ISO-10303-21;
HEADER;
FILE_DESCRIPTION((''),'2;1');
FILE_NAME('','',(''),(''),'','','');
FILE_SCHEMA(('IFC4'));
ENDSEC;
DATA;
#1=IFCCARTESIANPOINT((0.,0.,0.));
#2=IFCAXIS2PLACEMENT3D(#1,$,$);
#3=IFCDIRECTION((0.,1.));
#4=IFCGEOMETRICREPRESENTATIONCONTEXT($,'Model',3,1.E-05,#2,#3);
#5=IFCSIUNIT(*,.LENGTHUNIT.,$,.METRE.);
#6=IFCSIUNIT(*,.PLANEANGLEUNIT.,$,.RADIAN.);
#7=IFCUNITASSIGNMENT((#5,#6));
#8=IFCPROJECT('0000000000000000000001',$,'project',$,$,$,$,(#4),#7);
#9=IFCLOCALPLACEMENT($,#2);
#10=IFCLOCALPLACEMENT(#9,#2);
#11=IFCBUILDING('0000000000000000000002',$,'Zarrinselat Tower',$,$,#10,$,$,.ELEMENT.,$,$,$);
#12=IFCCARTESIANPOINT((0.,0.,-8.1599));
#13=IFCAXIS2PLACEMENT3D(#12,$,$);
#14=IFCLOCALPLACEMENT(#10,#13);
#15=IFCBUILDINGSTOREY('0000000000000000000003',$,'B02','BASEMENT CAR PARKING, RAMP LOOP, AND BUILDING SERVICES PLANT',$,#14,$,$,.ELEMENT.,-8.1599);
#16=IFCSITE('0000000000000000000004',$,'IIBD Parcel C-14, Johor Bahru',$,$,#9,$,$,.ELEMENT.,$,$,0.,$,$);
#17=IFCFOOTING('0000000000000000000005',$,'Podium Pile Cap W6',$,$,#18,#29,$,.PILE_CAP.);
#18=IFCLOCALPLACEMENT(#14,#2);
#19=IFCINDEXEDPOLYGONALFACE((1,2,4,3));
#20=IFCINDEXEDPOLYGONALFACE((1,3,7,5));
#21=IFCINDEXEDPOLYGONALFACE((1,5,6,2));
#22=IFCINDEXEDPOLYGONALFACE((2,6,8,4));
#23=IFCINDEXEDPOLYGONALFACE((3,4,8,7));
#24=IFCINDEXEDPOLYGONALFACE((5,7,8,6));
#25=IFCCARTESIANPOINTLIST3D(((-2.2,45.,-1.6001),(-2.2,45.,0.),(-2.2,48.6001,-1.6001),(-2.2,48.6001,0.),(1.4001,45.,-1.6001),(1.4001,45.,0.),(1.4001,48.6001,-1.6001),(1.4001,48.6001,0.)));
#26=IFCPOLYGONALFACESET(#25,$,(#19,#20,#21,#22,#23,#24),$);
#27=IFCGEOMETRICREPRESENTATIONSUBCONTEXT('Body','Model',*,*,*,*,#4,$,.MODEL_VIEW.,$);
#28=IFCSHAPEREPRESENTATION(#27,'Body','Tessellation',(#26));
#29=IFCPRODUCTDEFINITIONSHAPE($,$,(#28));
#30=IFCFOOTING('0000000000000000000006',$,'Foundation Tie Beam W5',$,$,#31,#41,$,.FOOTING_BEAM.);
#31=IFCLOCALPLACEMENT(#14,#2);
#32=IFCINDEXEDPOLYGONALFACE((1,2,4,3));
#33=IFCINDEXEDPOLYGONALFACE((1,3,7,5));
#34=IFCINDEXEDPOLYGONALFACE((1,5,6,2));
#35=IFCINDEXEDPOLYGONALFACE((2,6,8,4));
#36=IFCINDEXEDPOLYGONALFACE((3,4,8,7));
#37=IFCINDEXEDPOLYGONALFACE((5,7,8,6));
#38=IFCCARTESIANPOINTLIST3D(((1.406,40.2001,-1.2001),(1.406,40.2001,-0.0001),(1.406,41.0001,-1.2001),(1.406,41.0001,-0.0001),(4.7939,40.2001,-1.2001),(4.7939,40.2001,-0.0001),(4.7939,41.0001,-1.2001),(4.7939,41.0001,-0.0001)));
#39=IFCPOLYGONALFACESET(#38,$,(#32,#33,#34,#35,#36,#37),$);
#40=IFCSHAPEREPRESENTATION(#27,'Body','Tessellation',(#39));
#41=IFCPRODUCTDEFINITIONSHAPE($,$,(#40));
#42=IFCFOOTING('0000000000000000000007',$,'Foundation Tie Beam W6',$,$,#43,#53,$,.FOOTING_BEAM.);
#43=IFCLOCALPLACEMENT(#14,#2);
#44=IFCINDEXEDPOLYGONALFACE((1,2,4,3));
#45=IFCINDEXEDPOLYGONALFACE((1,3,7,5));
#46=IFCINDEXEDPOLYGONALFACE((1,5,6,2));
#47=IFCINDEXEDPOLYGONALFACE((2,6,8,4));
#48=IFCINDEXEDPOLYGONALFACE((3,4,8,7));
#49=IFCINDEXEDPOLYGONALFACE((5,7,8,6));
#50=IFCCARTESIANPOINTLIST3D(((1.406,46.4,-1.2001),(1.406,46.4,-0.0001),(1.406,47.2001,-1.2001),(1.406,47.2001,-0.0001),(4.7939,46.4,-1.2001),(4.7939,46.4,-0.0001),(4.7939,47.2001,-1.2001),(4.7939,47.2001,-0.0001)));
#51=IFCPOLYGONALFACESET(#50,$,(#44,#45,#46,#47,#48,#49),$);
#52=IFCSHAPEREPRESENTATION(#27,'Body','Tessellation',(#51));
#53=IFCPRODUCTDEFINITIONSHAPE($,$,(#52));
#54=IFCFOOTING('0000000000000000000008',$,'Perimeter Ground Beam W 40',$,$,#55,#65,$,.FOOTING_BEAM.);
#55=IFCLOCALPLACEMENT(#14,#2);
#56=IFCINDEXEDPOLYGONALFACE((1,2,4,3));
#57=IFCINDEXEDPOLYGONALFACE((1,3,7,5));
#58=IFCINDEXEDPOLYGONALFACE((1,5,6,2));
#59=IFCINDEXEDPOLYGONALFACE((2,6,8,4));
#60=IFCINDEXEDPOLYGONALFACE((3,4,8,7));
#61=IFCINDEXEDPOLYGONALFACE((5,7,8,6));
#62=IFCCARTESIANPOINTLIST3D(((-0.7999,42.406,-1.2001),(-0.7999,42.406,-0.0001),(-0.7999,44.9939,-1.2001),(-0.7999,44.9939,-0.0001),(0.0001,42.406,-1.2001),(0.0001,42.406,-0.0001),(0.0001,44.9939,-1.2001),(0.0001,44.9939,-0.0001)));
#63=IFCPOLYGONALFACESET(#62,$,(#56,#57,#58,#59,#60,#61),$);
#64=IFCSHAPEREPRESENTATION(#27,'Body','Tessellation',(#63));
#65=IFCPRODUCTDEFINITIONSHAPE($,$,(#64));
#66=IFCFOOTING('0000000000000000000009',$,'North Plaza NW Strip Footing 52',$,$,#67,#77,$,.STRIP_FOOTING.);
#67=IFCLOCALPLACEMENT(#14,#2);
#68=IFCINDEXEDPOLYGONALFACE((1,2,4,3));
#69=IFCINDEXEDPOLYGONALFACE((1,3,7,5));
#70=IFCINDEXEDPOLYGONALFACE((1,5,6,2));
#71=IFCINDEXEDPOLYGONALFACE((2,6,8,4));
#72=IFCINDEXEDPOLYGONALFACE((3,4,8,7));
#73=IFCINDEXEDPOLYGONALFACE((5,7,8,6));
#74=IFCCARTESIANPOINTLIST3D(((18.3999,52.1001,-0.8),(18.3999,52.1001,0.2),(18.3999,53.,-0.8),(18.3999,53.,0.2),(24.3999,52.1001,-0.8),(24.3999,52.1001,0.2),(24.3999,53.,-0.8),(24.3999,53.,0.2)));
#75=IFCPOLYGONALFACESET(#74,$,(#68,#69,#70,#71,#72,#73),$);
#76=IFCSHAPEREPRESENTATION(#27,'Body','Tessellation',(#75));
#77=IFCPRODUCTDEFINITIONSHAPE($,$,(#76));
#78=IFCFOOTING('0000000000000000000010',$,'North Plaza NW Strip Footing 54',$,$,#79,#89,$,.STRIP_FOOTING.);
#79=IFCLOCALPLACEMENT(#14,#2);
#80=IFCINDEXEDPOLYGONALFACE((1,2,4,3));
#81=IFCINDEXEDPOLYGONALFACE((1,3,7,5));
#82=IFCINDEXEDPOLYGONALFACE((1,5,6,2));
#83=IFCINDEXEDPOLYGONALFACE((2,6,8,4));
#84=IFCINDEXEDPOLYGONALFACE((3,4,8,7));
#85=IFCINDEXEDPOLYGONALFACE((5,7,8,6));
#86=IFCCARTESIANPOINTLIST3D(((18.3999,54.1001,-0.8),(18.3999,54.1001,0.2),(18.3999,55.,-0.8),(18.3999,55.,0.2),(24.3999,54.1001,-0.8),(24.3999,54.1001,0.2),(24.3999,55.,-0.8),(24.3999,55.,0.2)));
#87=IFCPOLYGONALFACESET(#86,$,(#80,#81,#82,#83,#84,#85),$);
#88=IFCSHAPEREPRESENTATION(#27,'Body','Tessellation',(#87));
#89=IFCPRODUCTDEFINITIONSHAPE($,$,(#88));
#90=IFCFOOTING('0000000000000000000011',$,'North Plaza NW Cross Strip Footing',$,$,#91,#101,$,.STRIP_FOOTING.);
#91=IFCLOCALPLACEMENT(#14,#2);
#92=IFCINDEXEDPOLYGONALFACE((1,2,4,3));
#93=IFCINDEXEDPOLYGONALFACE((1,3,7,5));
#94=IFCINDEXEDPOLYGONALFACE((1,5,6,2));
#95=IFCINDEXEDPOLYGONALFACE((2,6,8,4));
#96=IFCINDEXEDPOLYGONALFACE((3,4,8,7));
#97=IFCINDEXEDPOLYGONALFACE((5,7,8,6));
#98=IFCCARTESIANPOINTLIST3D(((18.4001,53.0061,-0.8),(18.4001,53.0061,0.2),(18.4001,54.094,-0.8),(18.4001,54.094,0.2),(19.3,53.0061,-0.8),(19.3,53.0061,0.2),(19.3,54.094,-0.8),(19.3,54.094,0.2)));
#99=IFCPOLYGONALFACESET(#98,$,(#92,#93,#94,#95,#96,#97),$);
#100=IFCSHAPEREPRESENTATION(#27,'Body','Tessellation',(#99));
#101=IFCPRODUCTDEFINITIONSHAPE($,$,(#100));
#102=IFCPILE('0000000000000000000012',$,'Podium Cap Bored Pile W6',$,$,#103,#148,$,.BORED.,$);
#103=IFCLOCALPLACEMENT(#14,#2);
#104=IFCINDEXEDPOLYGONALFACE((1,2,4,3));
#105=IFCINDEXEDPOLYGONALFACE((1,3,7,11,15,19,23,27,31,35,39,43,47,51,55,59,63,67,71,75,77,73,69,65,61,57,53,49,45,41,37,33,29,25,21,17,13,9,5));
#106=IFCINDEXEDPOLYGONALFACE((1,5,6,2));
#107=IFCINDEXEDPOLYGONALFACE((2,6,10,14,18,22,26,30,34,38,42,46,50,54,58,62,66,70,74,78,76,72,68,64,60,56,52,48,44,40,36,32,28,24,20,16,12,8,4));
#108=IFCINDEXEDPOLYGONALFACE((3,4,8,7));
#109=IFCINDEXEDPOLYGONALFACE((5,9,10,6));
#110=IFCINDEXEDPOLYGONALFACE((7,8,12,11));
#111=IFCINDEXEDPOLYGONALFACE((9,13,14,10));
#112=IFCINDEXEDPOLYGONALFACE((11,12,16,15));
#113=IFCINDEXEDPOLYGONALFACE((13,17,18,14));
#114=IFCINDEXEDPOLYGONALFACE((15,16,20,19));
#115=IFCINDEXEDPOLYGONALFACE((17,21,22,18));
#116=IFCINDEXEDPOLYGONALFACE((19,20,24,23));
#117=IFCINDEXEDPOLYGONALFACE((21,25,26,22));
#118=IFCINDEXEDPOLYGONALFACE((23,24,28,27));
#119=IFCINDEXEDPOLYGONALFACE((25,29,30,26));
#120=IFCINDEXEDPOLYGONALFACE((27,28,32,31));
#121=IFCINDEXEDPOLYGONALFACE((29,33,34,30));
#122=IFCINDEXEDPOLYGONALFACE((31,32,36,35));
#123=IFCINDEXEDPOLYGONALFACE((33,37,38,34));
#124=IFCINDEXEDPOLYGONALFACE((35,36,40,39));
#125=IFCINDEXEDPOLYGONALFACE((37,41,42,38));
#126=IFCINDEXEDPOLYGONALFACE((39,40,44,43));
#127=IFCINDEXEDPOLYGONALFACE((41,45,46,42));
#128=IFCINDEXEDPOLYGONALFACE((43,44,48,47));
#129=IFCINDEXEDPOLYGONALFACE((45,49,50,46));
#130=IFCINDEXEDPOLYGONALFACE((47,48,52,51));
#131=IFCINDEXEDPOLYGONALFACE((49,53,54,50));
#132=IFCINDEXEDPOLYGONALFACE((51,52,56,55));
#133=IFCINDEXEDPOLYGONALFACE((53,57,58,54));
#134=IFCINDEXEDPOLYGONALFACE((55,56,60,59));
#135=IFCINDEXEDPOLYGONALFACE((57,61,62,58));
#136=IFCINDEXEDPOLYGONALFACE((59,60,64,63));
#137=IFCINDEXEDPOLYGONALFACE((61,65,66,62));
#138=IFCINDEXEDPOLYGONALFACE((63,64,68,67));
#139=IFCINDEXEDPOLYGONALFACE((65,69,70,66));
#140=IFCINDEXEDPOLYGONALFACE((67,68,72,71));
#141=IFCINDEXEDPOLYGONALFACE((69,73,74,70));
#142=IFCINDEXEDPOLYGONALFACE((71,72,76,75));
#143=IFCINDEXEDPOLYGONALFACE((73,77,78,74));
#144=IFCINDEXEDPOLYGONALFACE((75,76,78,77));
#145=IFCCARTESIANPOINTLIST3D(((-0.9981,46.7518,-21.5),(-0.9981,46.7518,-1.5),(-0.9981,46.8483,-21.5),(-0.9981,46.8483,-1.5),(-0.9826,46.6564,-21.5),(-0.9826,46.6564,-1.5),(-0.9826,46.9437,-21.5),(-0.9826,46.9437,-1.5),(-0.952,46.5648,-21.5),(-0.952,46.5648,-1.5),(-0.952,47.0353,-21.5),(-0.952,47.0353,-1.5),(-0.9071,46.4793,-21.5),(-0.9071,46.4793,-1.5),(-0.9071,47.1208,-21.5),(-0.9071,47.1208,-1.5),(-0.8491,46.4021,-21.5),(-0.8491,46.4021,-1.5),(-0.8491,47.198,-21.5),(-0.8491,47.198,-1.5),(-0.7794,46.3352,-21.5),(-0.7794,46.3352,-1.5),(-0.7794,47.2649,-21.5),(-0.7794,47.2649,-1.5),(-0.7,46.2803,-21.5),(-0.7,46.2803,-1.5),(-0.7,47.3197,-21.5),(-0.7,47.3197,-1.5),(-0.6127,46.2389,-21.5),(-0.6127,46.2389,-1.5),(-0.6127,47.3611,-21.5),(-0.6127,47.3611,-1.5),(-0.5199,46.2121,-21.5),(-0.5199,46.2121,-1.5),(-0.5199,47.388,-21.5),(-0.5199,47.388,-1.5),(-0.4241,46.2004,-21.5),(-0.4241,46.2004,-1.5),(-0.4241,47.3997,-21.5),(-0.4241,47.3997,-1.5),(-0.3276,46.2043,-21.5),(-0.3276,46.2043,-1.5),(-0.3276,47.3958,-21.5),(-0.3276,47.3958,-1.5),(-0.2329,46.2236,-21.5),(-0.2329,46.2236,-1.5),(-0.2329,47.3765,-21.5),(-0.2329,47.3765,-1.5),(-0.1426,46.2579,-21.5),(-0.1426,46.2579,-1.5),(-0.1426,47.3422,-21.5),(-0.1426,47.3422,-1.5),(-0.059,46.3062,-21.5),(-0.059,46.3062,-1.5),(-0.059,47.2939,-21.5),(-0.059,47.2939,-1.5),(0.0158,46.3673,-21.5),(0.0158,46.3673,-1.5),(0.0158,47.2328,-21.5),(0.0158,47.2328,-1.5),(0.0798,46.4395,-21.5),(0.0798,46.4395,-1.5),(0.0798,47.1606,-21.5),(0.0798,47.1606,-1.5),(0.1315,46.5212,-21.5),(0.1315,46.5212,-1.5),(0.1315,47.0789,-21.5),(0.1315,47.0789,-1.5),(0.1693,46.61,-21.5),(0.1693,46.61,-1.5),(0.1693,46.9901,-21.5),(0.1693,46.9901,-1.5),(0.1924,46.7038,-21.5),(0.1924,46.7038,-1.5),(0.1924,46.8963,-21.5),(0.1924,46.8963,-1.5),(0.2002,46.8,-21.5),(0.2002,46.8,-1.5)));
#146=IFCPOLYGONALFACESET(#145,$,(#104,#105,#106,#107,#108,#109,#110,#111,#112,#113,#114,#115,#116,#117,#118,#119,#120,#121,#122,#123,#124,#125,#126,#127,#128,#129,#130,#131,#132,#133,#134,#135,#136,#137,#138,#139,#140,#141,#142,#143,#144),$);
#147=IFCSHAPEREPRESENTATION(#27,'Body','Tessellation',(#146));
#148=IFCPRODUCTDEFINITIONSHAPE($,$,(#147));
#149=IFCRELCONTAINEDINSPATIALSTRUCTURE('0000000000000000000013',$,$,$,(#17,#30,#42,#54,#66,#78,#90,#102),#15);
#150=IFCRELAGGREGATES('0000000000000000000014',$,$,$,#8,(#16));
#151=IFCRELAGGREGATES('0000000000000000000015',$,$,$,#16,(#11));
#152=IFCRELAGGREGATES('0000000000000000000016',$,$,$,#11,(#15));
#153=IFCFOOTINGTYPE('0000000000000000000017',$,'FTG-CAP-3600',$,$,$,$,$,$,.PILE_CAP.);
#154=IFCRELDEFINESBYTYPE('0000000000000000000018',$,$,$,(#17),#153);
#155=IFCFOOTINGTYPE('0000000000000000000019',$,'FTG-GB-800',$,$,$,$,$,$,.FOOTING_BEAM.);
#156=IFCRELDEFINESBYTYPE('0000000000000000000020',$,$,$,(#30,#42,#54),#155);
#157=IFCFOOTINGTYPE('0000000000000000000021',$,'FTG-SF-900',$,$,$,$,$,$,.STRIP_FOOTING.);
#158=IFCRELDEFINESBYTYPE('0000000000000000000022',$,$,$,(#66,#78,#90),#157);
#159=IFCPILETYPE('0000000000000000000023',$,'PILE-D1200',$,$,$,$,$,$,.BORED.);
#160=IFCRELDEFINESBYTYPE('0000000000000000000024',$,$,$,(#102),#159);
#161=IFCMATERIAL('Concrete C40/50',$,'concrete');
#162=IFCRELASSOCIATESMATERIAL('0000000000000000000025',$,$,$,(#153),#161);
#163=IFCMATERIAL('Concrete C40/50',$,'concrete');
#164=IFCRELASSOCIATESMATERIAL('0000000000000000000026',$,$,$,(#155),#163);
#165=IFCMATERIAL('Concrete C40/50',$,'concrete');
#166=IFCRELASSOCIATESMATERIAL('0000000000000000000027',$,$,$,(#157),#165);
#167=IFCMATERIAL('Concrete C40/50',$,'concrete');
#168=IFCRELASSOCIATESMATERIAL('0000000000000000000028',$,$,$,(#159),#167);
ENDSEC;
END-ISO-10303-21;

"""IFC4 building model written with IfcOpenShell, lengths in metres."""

from ifc_helpers import new_model, si_unit, direction, frame, origin, origin_2d, place, context, subcontext, project, spatial, rectangle, circle, extrude, material, material_profile, profile_set, type_object, element, save


model = new_model("IFC4")

# Units and contexts
model_context = context("Model", 3, precision=1e-05, world=origin(), true_north=direction((0.0, 1.0)))
body_context = subcontext(model_context, "Body", "Model", "MODEL_VIEW")
ifc_project = project(units=[si_unit("LENGTHUNIT", "METRE"), si_unit("PLANEANGLEUNIT", "RADIAN")], contexts=[model_context])

# Site, building, storey
site_placement = place(None, origin())
site = spatial("IfcSite", under=ifc_project, at=site_placement, Name="IIBD Parcel C-14, Johor Bahru", CompositionType="ELEMENT", RefElevation=0.0)
building_placement = place(site_placement, origin())
building = spatial("IfcBuilding", under=site, at=building_placement, Name="Zarrinselat Tower", CompositionType="ELEMENT")
storey_placement = place(building_placement, frame((0.0, 0.0, -8.1599)))
storey = spatial("IfcBuildingStorey", under=building, at=storey_placement, Name="B02", Description="BASEMENT CAR PARKING, RAMP LOOP, AND BUILDING SERVICES PLANT", CompositionType="ELEMENT", Elevation=-8.1599)

# Footings
ifc_material_1 = material(Name="Concrete C40/50", Category="concrete")
footing_type_1 = type_object("IfcFootingType", Name="FTG-CAP-3600", PredefinedType="PILE_CAP", material=ifc_material_1)
footing_1_placement = place(storey_placement, frame((-0.3999, 46.8, -1.6001), z_axis=(0.0, 0.0, 1.0), x_axis=(1.0, 0.0, 0.0)))
element("IfcFooting", 1, at=footing_1_placement, inside=storey, type_object=footing_type_1, Name="Podium Pile Cap W6", PredefinedType="PILE_CAP", context=body_context, shape_type="SweptSolid", body=[
    extrude(rectangle(XDim=3.6001, YDim=3.6001, at=origin_2d()), origin(), (0.0, 0.0, 1.0), 1.6001),
])
ifc_material_2 = material(Name="Concrete C40/50", Category="concrete")
ifc_material_profile_1 = material_profile(ifc_material_2, rectangle(XDim=0.8, YDim=1.2, at=origin_2d()), Name="RC GB 800x1200")
ifc_profile_set_1 = profile_set([ifc_material_profile_1], Name="Concrete C40/50")
footing_type_2 = type_object("IfcFootingType", Name="FTG-GB-800", PredefinedType="FOOTING_BEAM", material=ifc_profile_set_1)
for number, where, z_axis, x_axis, name in (
    (2, (1.406, 40.6001, -0.6001), (1.0, 0.0, 0.0), (0.0, 1.0, 0.0), "Foundation Tie Beam W5"),
    (3, (1.406, 46.8, -0.6001), (1.0, 0.0, 0.0), (0.0, 1.0, 0.0), "Foundation Tie Beam W6"),
):
    element("IfcFooting", number, at=place(storey_placement, frame(where, z_axis=z_axis, x_axis=x_axis)), inside=storey, type_object=footing_type_2, Name=name, PredefinedType="FOOTING_BEAM", context=body_context, shape_type="SweptSolid", body=[
        extrude(rectangle(XDim=0.8, YDim=1.2, at=origin_2d()), origin(), (0.0, 0.0, 1.0), 3.3879),
    ])
footing_2_placement = place(storey_placement, frame((-0.3999, 42.406, -0.6001), z_axis=(0.0, 1.0, 0.0), x_axis=(-1.0, 0.0, 0.0)))
element("IfcFooting", 4, at=footing_2_placement, inside=storey, type_object=footing_type_2, Name="Perimeter Ground Beam W 40", PredefinedType="FOOTING_BEAM", context=body_context, shape_type="SweptSolid", body=[
    extrude(rectangle(XDim=0.8, YDim=1.2, at=origin_2d()), origin(), (0.0, 0.0, 1.0), 2.5879),
])
ifc_material_3 = material(Name="Concrete C40/50", Category="concrete")
ifc_material_profile_2 = material_profile(ifc_material_3, rectangle(XDim=0.8999, YDim=1.0, at=origin_2d()), Name="RC SF 900x1000")
ifc_profile_set_2 = profile_set([ifc_material_profile_2], Name="Concrete C40/50")
footing_type_3 = type_object("IfcFootingType", Name="FTG-SF-900", PredefinedType="STRIP_FOOTING", material=ifc_profile_set_2)
for number, where, z_axis, x_axis, name in (
    (5, (18.3999, 52.55, -0.3), (1.0, 0.0, 0.0), (0.0, 1.0, 0.0), "North Plaza NW Strip Footing 52"),
    (6, (18.3999, 54.55, -0.3), (1.0, 0.0, 0.0), (0.0, 1.0, 0.0), "North Plaza NW Strip Footing 54"),
):
    element("IfcFooting", number, at=place(storey_placement, frame(where, z_axis=z_axis, x_axis=x_axis)), inside=storey, type_object=footing_type_3, Name=name, PredefinedType="STRIP_FOOTING", context=body_context, shape_type="SweptSolid", body=[
        extrude(rectangle(XDim=0.8999, YDim=1.0, at=origin_2d()), origin(), (0.0, 0.0, 1.0), 6.0),
    ])
footing_3_placement = place(storey_placement, frame((18.8501, 53.0061, -0.3), z_axis=(0.0, 1.0, 0.0), x_axis=(-1.0, 0.0, 0.0)))
element("IfcFooting", 7, at=footing_3_placement, inside=storey, type_object=footing_type_3, Name="North Plaza NW Cross Strip Footing", PredefinedType="STRIP_FOOTING", context=body_context, shape_type="SweptSolid", body=[
    extrude(rectangle(XDim=0.8999, YDim=1.0, at=origin_2d()), origin(), (0.0, 0.0, 1.0), 1.0879),
])

# Pile
ifc_material_4 = material(Name="Concrete C40/50", Category="concrete")
ifc_material_profile_3 = material_profile(ifc_material_4, circle(Radius=0.6001, at=origin_2d()), Name="BORED PILE D1200")
ifc_profile_set_3 = profile_set([ifc_material_profile_3], Name="Concrete C40/50")
pile_type_1 = type_object("IfcPileType", Name="PILE-D1200", PredefinedType="BORED", material=ifc_profile_set_3)
pile_placement = place(storey_placement, frame((-0.3999, 46.8, -1.5), z_axis=(0.0, 0.0, -1.0), x_axis=(1.0, 0.0, 0.0)))
element("IfcPile", 8, at=pile_placement, inside=storey, type_object=pile_type_1, Name="Podium Cap Bored Pile W6", PredefinedType="BORED", context=body_context, shape_type="SweptSolid", body=[
    extrude(circle(Radius=0.6001, at=origin_2d()), origin(), (0.0, 0.0, 1.0), 20.0),
])

save(model, "model.ifc")
